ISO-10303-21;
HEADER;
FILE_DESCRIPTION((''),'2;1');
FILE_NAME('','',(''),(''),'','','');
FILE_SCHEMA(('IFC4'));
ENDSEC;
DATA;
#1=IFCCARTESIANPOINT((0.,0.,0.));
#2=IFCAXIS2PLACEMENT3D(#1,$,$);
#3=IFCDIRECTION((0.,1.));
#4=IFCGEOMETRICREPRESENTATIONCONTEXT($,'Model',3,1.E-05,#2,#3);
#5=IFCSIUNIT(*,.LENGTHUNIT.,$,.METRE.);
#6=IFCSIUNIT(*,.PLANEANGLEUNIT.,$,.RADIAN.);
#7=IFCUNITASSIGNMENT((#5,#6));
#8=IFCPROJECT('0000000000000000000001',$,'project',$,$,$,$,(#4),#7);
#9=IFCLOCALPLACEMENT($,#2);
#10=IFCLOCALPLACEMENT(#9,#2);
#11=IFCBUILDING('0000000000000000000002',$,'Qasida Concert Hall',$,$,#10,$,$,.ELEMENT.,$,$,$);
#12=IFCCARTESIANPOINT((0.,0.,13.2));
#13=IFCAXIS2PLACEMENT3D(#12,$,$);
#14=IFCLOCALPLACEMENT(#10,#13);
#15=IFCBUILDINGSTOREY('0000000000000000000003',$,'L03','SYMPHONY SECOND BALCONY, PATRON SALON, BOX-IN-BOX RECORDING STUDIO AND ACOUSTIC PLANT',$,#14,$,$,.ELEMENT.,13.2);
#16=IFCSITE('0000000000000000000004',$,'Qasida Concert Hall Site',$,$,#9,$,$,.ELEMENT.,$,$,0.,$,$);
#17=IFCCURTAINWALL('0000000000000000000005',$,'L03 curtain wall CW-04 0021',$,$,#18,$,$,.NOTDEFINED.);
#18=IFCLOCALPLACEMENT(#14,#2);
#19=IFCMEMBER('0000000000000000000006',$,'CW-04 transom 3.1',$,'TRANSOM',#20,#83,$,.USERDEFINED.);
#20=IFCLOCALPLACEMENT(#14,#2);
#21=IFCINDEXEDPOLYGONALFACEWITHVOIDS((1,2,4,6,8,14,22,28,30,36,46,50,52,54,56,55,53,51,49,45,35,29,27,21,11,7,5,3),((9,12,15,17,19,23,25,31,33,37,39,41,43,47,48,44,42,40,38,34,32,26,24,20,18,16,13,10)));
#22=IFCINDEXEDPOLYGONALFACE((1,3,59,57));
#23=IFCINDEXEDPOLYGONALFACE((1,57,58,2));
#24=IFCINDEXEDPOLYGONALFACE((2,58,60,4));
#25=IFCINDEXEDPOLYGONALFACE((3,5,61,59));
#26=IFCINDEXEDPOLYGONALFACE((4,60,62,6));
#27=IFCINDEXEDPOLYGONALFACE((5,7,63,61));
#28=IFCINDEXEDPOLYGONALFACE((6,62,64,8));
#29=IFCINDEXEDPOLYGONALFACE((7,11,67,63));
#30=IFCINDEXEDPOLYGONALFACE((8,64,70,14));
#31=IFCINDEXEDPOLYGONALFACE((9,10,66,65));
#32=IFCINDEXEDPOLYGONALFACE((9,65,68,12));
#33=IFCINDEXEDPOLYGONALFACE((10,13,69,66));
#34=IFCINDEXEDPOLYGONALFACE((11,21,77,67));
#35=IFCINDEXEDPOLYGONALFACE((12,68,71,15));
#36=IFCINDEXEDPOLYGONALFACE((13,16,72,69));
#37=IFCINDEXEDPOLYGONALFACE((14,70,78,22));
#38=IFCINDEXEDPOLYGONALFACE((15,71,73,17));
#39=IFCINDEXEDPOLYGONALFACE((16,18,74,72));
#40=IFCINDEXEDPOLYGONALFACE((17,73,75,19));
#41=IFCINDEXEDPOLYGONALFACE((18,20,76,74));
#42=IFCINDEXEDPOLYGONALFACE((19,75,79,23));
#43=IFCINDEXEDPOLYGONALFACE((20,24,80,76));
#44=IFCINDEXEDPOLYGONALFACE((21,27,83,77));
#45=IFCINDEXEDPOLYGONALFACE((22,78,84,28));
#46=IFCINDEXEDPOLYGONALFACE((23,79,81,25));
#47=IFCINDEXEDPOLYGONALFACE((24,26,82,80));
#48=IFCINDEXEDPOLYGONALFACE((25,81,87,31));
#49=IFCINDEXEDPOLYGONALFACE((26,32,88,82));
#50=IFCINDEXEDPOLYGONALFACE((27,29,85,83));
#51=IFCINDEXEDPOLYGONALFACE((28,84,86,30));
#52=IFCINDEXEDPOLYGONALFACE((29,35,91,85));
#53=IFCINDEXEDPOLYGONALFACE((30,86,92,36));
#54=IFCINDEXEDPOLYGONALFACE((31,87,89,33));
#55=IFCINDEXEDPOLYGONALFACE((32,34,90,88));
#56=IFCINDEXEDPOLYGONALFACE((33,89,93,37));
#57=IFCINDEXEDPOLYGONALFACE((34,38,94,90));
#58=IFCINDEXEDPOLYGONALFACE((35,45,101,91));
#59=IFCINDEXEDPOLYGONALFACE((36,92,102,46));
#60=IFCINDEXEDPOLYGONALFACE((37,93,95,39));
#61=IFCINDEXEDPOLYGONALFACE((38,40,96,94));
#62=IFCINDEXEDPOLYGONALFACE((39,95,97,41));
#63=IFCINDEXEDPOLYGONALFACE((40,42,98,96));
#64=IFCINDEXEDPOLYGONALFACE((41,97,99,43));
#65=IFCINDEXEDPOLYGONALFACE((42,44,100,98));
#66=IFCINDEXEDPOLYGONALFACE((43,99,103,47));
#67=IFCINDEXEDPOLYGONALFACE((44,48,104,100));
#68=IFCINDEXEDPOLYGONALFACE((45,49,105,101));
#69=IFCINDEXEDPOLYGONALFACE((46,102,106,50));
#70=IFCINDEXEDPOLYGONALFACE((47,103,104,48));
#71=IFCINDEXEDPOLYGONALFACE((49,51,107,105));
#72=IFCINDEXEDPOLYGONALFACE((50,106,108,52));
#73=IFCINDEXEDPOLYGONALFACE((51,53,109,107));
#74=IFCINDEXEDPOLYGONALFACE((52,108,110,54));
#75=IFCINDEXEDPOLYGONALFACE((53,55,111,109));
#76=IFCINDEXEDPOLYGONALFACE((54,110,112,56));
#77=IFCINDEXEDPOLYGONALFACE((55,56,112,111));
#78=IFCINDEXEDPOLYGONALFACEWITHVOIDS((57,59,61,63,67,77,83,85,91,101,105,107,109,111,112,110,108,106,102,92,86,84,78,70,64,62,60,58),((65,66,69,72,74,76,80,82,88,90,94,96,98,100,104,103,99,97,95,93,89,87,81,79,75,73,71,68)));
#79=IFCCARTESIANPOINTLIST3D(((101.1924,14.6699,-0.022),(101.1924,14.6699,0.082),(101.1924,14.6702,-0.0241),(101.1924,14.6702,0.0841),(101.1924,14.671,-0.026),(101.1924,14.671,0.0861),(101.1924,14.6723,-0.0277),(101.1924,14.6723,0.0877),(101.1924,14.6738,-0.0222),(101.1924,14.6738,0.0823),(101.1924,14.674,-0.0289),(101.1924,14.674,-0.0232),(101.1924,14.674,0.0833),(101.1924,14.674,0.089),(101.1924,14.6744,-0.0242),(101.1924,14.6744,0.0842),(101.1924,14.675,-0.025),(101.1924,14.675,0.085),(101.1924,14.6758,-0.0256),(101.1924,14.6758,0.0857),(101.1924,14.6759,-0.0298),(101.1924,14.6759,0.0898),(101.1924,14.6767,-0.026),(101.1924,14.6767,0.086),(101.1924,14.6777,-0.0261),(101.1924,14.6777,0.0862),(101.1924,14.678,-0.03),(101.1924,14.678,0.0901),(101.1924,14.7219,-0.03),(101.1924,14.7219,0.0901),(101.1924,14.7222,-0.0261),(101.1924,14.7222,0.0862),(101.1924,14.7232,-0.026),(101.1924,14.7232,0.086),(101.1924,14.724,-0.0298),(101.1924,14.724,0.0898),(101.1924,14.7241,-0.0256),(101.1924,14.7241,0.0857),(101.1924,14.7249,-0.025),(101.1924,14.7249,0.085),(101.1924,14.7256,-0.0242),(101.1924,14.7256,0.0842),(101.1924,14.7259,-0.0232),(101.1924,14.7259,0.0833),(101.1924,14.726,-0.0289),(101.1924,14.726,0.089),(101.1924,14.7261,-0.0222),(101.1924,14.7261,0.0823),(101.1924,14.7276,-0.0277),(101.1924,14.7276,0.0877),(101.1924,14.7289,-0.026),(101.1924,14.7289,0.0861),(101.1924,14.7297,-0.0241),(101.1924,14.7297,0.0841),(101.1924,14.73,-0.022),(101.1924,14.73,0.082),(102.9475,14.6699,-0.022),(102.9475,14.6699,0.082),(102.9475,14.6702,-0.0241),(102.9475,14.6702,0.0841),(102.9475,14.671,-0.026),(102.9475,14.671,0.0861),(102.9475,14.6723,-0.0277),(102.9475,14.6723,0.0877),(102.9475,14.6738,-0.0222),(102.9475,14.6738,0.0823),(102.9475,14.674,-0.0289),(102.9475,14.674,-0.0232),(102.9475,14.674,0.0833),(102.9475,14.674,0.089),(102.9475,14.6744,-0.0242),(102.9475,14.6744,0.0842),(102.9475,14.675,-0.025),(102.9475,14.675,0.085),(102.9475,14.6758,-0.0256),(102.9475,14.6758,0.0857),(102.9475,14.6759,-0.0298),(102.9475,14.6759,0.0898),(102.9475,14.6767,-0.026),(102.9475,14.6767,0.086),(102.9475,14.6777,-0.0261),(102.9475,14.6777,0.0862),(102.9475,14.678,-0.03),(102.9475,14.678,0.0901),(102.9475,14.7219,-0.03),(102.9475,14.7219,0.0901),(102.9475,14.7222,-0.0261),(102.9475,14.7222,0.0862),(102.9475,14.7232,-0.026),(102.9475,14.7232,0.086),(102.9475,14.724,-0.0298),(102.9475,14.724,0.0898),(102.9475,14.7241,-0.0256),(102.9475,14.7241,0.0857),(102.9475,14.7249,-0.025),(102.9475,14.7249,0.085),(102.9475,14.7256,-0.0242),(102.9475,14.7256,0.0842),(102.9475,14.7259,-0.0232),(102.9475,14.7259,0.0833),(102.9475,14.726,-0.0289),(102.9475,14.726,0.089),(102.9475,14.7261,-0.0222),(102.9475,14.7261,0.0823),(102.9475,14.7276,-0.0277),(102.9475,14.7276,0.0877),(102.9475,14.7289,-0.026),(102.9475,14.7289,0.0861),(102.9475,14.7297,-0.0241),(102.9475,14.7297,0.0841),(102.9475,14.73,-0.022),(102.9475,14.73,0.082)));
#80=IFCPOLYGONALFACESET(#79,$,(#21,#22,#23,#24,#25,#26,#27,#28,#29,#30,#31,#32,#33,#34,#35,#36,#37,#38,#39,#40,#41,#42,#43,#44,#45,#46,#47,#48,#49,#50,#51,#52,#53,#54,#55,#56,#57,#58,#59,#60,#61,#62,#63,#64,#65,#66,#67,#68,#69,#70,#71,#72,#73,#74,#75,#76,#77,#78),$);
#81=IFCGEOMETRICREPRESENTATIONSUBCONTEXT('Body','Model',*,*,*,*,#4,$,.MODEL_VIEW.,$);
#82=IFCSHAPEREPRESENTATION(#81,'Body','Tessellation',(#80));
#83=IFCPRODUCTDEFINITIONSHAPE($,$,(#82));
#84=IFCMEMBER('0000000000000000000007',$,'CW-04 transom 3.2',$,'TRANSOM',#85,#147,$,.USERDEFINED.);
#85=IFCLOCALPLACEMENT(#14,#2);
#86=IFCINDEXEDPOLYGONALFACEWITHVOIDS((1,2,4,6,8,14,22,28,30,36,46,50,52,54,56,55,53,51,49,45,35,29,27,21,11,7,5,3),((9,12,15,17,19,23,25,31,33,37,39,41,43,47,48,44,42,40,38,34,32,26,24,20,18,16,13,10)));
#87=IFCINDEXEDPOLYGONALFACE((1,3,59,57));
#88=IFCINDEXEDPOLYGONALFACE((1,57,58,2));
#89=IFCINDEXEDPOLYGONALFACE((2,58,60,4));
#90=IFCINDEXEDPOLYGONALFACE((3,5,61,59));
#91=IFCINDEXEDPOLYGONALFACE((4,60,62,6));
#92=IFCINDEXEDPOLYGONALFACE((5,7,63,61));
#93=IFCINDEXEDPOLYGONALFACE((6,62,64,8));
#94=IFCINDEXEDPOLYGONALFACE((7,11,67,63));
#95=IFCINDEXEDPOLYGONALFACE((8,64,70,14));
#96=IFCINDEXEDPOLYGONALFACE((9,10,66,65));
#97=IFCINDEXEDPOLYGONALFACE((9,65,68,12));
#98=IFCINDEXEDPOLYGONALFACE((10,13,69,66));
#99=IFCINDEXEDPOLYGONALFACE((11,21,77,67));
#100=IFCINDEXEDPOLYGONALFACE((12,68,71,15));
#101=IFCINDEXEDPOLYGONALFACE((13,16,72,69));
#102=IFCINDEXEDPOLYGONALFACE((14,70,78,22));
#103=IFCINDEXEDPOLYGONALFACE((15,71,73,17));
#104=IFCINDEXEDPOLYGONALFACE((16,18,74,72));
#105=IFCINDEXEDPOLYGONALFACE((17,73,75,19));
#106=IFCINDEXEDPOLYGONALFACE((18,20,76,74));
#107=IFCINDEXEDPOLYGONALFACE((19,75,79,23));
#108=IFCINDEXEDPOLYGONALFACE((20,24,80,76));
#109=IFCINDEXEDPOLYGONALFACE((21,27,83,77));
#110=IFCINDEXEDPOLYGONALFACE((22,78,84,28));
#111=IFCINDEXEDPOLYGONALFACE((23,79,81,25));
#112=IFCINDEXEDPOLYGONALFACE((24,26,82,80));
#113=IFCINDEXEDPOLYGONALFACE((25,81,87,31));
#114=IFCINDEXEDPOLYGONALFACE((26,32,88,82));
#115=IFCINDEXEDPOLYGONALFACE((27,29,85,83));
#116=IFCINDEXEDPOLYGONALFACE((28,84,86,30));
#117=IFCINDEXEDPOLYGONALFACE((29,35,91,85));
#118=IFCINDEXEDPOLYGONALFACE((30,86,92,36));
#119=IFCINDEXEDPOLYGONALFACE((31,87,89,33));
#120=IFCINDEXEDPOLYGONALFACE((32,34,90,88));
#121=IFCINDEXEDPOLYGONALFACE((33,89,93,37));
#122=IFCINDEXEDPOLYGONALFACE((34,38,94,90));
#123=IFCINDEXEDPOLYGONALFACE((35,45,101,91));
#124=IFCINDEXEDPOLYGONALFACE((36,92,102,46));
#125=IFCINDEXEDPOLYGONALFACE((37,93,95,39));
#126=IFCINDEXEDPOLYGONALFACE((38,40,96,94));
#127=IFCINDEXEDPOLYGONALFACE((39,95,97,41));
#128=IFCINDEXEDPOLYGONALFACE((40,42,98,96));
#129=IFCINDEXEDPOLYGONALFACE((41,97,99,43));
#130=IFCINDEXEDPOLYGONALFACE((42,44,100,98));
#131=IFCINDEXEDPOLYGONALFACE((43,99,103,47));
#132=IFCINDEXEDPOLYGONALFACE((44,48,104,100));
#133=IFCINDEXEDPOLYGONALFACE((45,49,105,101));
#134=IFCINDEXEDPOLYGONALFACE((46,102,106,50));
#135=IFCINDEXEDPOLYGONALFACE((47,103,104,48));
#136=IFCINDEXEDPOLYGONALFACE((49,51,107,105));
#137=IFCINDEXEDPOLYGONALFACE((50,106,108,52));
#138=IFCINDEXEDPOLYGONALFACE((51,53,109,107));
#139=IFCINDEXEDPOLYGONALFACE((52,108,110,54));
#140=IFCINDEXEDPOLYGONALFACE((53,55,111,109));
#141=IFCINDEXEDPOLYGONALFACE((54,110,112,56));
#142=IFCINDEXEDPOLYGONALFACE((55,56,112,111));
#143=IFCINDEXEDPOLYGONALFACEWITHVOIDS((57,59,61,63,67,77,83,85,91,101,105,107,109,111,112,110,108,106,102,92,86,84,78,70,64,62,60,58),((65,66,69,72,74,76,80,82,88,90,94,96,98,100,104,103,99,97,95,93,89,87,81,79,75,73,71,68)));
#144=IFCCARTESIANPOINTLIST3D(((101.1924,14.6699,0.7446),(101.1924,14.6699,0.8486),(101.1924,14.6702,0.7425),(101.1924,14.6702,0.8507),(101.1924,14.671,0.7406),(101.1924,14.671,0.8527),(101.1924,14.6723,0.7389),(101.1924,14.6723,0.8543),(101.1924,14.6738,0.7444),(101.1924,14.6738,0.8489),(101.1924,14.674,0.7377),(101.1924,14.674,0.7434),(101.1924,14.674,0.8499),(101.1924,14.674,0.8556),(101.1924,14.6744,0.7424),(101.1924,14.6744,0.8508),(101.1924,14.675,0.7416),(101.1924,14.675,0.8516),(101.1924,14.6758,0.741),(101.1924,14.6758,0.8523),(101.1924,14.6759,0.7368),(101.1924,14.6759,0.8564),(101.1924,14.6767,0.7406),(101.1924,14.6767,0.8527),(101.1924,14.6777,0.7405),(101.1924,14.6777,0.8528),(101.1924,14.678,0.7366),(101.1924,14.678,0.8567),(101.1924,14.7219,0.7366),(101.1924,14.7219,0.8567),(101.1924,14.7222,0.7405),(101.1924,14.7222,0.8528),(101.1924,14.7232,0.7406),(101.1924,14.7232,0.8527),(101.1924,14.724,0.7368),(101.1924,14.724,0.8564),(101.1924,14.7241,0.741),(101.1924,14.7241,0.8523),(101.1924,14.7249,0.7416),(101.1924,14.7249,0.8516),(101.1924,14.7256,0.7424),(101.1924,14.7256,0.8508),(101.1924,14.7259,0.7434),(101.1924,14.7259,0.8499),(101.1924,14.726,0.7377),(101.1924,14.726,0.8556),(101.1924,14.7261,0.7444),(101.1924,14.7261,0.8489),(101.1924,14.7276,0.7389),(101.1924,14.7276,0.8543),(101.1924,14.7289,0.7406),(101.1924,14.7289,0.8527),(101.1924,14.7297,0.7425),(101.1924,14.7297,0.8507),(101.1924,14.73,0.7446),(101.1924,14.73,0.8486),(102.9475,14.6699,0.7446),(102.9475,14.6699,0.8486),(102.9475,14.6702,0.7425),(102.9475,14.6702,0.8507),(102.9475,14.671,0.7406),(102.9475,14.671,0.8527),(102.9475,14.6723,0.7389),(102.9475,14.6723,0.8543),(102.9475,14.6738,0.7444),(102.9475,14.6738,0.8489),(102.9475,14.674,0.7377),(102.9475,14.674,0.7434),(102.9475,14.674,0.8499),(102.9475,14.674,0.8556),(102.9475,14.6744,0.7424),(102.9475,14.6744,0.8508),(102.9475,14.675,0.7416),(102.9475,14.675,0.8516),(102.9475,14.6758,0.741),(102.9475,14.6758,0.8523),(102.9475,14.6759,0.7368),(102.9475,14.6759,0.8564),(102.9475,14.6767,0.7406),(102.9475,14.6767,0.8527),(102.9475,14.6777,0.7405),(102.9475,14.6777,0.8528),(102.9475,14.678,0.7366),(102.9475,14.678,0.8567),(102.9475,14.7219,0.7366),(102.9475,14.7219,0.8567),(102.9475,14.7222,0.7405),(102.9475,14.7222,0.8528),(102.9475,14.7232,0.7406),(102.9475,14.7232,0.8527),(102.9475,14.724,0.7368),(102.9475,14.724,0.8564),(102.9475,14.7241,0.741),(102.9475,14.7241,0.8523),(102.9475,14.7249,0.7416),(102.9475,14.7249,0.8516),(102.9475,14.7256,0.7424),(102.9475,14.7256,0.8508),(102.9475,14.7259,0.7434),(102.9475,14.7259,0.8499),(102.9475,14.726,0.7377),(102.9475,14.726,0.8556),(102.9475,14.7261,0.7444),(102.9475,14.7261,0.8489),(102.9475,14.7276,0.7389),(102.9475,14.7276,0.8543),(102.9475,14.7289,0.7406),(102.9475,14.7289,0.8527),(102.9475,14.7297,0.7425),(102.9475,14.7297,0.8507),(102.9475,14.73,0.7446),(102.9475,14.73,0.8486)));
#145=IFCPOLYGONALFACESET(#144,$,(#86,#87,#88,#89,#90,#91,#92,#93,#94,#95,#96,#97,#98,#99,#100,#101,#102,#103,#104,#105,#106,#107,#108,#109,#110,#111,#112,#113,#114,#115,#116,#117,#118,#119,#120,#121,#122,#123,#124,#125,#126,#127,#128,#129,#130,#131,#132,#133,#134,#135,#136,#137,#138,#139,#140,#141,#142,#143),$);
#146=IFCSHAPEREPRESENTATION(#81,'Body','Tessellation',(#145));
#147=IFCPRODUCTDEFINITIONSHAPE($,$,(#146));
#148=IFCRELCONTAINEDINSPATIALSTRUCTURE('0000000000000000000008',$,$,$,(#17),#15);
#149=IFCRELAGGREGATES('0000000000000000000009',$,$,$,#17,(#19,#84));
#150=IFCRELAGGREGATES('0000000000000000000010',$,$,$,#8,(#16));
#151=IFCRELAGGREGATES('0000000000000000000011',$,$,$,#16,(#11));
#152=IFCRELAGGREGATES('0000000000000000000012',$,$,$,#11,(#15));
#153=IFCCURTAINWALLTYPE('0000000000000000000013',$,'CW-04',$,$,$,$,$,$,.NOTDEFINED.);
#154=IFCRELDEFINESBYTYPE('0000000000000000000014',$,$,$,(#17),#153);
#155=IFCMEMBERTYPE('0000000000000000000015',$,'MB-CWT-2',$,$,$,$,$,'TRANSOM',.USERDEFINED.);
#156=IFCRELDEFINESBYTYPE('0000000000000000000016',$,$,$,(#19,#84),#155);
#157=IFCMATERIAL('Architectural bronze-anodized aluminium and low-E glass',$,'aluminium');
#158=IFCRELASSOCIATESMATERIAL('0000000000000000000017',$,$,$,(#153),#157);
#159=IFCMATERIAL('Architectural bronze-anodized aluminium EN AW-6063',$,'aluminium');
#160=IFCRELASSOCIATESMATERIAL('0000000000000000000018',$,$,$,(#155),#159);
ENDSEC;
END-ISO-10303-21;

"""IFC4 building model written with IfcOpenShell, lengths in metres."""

from ifc_helpers import new_model, si_unit, direction, frame, origin, origin_2d, place, context, subcontext, project, spatial, hollow_rectangle, extrude, material, material_profile, profile_set, type_object, element, aggregate, save


model = new_model("IFC4")

# Units and contexts
model_context = context("Model", 3, precision=1e-05, world=origin(), true_north=direction((0.0, 1.0)))
body_context = subcontext(model_context, "Body", "Model", "MODEL_VIEW")
ifc_project = project(units=[si_unit("LENGTHUNIT", "METRE"), si_unit("PLANEANGLEUNIT", "RADIAN")], contexts=[model_context])

# Site, building, storey
site_placement = place(None, origin())
site = spatial("IfcSite", under=ifc_project, at=site_placement, Name="Qasida Concert Hall Site", CompositionType="ELEMENT", RefElevation=0.0)
building_placement = place(site_placement, origin())
building = spatial("IfcBuilding", under=site, at=building_placement, Name="Qasida Concert Hall", CompositionType="ELEMENT")
storey_placement = place(building_placement, frame((0.0, 0.0, 13.2)))
storey = spatial("IfcBuildingStorey", under=building, at=storey_placement, Name="L03", Description="SYMPHONY SECOND BALCONY, PATRON SALON, BOX-IN-BOX RECORDING STUDIO AND ACOUSTIC PLANT", CompositionType="ELEMENT", Elevation=13.2)

# Shared definitions
ifc_material_1 = material(Name="Architectural bronze-anodized aluminium and low-E glass", Category="aluminium")
curtain_wall_type = type_object("IfcCurtainWallType", Name="CW-04", PredefinedType="NOTDEFINED", material=ifc_material_1)
ifc_material_2 = material(Name="Architectural bronze-anodized aluminium EN AW-6063", Category="aluminium")

# Curtain wall, members
curtain_wall_1_placement = place(storey_placement, origin())
curtain_wall_1 = element("IfcCurtainWall", 1, at=curtain_wall_1_placement, inside=storey, type_object=curtain_wall_type, Name="L03 curtain wall CW-04 0021", PredefinedType="NOTDEFINED")
ifc_material_profile_1 = material_profile(ifc_material_2, hollow_rectangle(XDim=0.0601, YDim=0.1201, WallThickness=0.0039, InnerFilletRadius=0.0039, OuterFilletRadius=0.0081, at=origin_2d()), Name="CWT 120x60x4")
ifc_profile_set_1 = profile_set([ifc_material_profile_1], Name="Architectural bronze-anodized aluminium EN AW-6063")
member_type_1 = type_object("IfcMemberType", Name="MB-CWT-2", ElementType="TRANSOM", PredefinedType="USERDEFINED", material=ifc_profile_set_1)
member_1_placement = place(storey_placement, frame((101.1924, 14.7, 0.03), z_axis=(1.0, 0.0, 0.0), x_axis=(0.0, 1.0, 0.0)))
member_1 = element("IfcMember", 2, at=member_1_placement, type_object=member_type_1, Name="CW-04 transom 3.1", ObjectType="TRANSOM", PredefinedType="USERDEFINED", context=body_context, shape_type="SweptSolid", body=[
    extrude(hollow_rectangle(XDim=0.0601, YDim=0.1201, WallThickness=0.0039, InnerFilletRadius=0.0039, OuterFilletRadius=0.0081, at=origin_2d()), origin(), (0.0, 0.0, 1.0), 1.7551),
])
member_2_placement = place(storey_placement, frame((101.1924, 14.7, 0.7966), z_axis=(1.0, 0.0, 0.0), x_axis=(0.0, 1.0, 0.0)))
member_2 = element("IfcMember", 3, at=member_2_placement, type_object=member_type_1, Name="CW-04 transom 3.2", ObjectType="TRANSOM", PredefinedType="USERDEFINED", context=body_context, shape_type="SweptSolid", body=[
    extrude(hollow_rectangle(XDim=0.0601, YDim=0.1201, WallThickness=0.0039, InnerFilletRadius=0.0039, OuterFilletRadius=0.0081, at=origin_2d()), origin(), (0.0, 0.0, 1.0), 1.7551),
])

aggregate(curtain_wall_1, [member_1, member_2])

save(model, "model.ifc")
